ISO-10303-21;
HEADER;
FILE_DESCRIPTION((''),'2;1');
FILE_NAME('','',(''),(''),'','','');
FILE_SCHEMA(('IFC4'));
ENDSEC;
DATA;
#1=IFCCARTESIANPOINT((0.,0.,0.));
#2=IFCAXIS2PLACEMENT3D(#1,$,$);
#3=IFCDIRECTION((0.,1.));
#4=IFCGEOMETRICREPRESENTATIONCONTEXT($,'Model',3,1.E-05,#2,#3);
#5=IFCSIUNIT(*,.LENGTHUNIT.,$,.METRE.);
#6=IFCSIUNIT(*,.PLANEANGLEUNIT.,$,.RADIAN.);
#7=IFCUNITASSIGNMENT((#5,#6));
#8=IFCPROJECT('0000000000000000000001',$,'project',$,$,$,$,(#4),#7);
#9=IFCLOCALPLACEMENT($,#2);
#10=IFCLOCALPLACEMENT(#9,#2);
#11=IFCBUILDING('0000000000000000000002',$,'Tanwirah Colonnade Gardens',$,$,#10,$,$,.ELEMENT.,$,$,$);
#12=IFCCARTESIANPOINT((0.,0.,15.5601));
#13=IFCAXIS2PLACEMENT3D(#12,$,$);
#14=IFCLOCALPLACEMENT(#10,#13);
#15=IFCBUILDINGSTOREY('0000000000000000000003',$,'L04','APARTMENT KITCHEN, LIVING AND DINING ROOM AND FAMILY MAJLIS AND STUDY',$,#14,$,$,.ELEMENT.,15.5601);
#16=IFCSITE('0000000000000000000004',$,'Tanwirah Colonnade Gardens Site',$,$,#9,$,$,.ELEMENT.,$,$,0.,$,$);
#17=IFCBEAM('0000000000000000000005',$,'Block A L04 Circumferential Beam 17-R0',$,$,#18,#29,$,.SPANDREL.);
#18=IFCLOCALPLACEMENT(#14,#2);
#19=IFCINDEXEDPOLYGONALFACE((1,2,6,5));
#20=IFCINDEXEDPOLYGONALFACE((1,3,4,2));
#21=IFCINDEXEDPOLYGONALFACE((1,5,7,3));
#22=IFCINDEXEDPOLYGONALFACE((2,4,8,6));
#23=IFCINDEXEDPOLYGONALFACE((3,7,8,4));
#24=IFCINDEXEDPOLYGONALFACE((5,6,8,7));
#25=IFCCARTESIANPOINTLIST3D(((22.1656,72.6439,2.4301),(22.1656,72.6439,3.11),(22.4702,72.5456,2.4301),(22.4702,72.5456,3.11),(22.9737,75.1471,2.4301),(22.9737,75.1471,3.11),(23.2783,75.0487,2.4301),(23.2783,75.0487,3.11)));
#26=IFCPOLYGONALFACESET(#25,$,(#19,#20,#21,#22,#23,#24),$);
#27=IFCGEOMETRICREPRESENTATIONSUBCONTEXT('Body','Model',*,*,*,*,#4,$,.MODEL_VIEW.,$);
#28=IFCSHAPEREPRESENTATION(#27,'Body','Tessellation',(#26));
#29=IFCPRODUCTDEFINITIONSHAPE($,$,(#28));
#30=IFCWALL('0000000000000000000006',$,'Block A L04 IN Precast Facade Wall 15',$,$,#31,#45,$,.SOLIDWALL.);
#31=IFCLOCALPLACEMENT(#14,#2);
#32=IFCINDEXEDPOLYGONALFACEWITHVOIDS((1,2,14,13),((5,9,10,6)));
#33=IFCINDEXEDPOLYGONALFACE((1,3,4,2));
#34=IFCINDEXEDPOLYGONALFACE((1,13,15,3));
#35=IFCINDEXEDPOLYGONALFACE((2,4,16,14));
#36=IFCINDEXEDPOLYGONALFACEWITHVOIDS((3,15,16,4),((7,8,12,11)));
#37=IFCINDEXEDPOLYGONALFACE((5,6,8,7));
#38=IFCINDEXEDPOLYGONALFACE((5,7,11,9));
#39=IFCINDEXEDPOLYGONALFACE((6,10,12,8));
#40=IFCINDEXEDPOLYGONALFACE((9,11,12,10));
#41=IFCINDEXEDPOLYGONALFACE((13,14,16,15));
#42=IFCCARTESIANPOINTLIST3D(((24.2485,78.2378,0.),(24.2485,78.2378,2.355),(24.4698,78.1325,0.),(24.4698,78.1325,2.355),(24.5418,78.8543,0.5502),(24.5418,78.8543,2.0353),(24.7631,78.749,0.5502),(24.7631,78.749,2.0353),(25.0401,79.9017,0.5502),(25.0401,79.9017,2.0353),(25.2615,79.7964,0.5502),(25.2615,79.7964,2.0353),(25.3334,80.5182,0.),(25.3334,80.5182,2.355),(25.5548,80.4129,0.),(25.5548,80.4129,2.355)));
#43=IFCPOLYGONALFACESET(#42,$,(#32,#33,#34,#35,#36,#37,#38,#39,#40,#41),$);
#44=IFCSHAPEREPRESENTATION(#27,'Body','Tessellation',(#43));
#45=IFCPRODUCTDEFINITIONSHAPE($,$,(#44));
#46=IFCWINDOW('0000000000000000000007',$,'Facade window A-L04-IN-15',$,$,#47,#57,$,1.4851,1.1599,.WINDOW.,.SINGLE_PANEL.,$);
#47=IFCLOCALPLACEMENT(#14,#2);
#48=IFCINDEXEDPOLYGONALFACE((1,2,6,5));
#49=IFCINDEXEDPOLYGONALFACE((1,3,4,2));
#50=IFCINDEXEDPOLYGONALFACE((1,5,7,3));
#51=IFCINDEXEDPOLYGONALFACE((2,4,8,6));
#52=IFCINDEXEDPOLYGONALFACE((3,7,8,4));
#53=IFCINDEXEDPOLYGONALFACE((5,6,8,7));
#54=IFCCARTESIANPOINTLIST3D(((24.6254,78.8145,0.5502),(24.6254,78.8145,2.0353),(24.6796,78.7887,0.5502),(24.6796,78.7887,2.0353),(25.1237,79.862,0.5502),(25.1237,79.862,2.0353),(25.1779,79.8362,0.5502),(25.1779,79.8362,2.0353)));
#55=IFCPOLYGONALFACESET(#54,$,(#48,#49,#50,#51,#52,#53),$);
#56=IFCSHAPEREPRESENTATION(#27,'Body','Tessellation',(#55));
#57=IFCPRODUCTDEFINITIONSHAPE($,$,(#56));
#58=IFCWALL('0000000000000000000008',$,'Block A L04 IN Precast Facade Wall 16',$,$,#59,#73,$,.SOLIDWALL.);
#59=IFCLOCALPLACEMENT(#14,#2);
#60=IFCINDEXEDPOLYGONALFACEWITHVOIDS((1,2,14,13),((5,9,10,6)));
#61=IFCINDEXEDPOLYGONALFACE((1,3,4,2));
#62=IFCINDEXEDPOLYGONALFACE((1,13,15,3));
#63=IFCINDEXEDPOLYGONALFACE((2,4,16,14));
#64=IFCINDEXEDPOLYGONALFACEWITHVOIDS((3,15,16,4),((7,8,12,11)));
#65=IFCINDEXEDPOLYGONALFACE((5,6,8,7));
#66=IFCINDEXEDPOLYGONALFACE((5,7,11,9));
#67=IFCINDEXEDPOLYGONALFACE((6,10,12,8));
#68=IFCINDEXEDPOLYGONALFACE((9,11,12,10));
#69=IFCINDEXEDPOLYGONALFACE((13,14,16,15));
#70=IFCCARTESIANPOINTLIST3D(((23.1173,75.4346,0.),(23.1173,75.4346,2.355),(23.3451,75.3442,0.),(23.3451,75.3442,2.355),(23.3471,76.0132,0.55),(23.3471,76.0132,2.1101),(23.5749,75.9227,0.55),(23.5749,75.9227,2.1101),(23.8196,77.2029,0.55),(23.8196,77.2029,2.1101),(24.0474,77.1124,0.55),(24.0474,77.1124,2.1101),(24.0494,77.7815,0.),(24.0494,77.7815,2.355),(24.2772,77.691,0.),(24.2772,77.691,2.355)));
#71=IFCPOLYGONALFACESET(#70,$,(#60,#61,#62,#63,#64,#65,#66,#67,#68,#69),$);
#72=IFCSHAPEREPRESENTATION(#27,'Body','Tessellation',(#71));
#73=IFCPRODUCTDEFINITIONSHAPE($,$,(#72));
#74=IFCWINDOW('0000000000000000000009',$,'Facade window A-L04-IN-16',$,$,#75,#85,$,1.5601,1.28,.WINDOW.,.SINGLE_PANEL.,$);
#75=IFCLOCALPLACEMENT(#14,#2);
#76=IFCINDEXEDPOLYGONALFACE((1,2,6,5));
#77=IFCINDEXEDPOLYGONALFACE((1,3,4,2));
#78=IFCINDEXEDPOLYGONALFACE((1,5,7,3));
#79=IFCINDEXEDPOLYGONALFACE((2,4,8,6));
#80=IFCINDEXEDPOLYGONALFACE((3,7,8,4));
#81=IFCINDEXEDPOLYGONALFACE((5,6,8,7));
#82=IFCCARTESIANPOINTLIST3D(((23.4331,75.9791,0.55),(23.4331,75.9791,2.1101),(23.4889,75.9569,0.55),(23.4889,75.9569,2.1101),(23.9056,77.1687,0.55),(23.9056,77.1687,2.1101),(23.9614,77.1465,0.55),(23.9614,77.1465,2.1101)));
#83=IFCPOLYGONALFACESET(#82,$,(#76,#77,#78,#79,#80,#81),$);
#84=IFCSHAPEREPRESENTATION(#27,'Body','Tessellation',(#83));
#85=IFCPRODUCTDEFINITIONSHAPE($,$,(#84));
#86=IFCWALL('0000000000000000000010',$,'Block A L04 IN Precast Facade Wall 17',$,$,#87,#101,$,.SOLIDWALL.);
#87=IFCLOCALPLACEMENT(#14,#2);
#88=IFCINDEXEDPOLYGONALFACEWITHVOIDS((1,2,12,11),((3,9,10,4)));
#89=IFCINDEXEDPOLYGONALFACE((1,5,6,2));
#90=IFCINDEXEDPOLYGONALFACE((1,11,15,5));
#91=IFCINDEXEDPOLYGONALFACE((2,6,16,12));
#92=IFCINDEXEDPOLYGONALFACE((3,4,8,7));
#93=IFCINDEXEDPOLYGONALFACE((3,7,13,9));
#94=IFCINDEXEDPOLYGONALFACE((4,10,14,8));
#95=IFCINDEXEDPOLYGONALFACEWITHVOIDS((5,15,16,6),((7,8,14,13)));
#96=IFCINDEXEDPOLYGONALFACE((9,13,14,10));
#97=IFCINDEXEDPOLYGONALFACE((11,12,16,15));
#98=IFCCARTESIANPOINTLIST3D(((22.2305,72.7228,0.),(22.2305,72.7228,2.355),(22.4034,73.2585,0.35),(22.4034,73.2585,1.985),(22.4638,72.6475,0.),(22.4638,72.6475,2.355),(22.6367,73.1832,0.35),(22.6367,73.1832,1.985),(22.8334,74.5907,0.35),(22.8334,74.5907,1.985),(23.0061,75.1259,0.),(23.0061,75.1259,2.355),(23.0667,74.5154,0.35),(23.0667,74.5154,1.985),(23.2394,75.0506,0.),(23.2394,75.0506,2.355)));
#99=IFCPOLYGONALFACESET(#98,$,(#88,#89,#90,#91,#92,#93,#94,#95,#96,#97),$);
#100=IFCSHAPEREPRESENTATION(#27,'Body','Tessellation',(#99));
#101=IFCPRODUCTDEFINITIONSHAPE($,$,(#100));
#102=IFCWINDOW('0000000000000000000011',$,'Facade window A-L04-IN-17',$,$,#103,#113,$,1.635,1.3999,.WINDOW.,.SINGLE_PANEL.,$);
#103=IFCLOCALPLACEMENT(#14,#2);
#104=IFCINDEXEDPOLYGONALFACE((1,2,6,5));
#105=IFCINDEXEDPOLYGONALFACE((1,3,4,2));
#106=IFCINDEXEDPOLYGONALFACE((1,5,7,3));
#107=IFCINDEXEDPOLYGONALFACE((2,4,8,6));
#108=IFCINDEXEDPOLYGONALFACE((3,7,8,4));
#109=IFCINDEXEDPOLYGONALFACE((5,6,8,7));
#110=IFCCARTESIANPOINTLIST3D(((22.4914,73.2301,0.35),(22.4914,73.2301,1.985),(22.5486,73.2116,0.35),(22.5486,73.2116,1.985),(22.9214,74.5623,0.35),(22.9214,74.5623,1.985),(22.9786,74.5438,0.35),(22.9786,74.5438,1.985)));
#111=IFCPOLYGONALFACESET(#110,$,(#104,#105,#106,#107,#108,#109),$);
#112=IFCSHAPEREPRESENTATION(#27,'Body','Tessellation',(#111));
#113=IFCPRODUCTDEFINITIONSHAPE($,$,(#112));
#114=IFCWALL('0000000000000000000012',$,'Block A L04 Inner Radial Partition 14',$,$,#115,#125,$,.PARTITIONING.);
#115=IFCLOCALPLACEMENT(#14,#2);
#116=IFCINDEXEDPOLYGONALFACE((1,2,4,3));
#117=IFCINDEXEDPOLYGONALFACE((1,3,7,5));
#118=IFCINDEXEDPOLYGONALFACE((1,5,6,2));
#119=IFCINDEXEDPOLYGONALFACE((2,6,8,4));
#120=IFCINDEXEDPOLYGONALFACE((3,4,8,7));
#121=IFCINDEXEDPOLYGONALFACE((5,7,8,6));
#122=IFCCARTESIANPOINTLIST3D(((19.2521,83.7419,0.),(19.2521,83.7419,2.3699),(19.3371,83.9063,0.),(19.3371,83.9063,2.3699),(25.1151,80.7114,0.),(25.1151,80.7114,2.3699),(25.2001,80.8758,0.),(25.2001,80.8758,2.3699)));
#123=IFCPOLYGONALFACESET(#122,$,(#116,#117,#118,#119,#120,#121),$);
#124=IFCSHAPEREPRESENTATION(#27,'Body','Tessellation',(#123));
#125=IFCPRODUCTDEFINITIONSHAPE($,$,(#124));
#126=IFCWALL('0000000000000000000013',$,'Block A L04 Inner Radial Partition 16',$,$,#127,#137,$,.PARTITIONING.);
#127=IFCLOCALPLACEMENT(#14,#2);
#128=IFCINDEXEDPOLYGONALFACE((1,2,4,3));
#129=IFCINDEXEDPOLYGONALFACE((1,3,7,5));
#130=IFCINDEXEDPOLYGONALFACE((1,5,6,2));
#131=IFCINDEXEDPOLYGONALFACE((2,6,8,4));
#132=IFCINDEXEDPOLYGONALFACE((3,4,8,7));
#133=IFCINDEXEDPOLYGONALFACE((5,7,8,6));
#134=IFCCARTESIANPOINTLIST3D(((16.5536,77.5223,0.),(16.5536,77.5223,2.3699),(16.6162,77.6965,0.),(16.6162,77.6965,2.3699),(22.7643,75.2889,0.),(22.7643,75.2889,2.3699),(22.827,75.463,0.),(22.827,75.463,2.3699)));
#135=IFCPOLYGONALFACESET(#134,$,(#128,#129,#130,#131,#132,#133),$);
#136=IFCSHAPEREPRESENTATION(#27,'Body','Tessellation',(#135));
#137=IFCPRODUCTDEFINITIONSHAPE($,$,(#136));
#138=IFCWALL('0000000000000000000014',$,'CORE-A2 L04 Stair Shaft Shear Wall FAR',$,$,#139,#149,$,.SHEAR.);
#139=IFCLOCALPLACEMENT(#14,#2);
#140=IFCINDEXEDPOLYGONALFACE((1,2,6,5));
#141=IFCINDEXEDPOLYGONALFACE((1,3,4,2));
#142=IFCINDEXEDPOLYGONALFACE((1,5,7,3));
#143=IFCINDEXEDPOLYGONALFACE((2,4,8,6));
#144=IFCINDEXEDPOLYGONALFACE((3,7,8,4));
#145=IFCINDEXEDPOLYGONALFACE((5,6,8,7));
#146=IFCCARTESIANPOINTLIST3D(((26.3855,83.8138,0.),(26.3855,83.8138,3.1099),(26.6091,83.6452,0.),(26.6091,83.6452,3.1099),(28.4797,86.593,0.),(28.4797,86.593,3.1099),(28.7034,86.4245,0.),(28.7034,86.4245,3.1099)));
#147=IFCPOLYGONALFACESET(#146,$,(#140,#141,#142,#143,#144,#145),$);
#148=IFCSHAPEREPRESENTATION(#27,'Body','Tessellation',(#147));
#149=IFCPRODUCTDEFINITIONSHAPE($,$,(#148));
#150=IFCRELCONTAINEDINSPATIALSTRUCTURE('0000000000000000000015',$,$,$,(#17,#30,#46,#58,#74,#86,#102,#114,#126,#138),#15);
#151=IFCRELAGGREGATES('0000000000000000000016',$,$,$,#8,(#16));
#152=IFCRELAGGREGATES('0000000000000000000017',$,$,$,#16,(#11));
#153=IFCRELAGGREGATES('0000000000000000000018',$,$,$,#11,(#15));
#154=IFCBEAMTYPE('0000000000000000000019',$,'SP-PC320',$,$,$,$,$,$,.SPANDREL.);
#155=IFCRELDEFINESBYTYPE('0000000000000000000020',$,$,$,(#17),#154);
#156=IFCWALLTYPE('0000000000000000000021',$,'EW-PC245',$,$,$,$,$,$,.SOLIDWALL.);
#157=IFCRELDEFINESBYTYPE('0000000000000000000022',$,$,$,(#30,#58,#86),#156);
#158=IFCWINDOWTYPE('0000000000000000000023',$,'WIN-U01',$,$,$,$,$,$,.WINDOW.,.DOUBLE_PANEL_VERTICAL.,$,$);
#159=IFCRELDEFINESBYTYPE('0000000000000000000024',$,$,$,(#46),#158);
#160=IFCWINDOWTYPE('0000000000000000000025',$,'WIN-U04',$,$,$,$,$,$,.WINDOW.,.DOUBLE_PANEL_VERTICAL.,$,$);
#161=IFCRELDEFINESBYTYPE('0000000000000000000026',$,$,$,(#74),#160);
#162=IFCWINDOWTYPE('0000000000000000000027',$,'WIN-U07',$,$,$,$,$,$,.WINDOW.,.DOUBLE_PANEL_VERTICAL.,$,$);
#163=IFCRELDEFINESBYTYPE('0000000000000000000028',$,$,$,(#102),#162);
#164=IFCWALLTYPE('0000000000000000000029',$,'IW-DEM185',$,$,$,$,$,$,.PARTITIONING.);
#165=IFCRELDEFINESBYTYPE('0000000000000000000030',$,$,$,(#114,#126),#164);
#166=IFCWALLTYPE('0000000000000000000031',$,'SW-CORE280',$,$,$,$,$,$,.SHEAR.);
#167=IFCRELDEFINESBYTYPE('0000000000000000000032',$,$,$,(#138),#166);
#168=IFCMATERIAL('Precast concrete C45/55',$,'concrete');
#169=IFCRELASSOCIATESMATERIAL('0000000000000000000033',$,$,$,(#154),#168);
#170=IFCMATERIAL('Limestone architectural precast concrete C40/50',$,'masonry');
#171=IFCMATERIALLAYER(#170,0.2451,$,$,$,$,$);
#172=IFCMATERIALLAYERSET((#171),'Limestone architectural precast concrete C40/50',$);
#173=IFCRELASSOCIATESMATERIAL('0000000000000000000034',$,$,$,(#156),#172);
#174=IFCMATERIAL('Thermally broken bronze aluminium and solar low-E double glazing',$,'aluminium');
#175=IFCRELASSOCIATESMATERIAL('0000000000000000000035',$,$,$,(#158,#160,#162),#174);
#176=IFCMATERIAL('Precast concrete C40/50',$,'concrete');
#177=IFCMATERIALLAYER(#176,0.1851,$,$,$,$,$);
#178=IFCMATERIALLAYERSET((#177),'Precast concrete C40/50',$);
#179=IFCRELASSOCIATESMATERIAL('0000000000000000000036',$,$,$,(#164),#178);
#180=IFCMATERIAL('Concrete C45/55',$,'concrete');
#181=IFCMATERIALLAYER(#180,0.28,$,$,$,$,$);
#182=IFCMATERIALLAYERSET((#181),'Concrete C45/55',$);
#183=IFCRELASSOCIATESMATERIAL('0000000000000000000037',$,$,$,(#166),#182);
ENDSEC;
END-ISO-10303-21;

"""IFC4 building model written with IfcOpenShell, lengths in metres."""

from ifc_helpers import new_model, si_unit, direction, frame, frame_2d, origin, origin_2d, place, context, subcontext, project, spatial, rectangle, extrude, material, layer, layer_set, material_profile, profile_set, type_object, element, fill, save


model = new_model("IFC4")

# Units and contexts
model_context = context("Model", 3, precision=1e-05, world=origin(), true_north=direction((0.0, 1.0)))
body_context = subcontext(model_context, "Body", "Model", "MODEL_VIEW")
ifc_project = project(units=[si_unit("LENGTHUNIT", "METRE"), si_unit("PLANEANGLEUNIT", "RADIAN")], contexts=[model_context])

# Site, building, storey
site_placement = place(None, origin())
site = spatial("IfcSite", under=ifc_project, at=site_placement, Name="Tanwirah Colonnade Gardens Site", CompositionType="ELEMENT", RefElevation=0.0)
building_placement = place(site_placement, origin())
building = spatial("IfcBuilding", under=site, at=building_placement, Name="Tanwirah Colonnade Gardens", CompositionType="ELEMENT")
storey_placement = place(building_placement, frame((0.0, 0.0, 15.5601)))
storey = spatial("IfcBuildingStorey", under=building, at=storey_placement, Name="L04", Description="APARTMENT KITCHEN, LIVING AND DINING ROOM AND FAMILY MAJLIS AND STUDY", CompositionType="ELEMENT", Elevation=15.5601)

# Shared definitions
ifc_material_1 = material(Name="Precast concrete C45/55", Category="concrete")
ifc_material_2 = material(Name="Precast concrete C40/50", Category="concrete")

# Beam
ifc_material_profile_1 = material_profile(ifc_material_1, rectangle(XDim=0.3201, YDim=0.6799, at=origin_2d()), Name="PC-SP 320x680")
ifc_profile_set_1 = profile_set([ifc_material_profile_1], Name="Precast concrete C45/55")
beam_type_1 = type_object("IfcBeamType", Name="SP-PC320", PredefinedType="SPANDREL", material=ifc_profile_set_1)
beam_1_placement = place(storey_placement, frame((23.126, 75.0979, 2.77), z_axis=(-0.30722, -0.951639, 0.0), x_axis=(0.951639, -0.30722, 0.0)))
element("IfcBeam", 1, at=beam_1_placement, inside=storey, type_object=beam_type_1, Name="Block A L04 Circumferential Beam 17-R0", PredefinedType="SPANDREL", context=body_context, shape_type="SweptSolid", body=[
    extrude(rectangle(XDim=0.3201, YDim=0.6799, at=origin_2d()), origin(), (0.0, 0.0, 1.0), 2.6304),
])

# Walls, openings, windows
ifc_material_3 = material(Name="Limestone architectural precast concrete C40/50", Category="masonry")
ifc_layer_1 = layer(ifc_material_3, 0.2451)
ifc_layer_set_1 = layer_set([ifc_layer_1], Name="Limestone architectural precast concrete C40/50")
wall_type_1 = type_object("IfcWallType", Name="EW-PC245", PredefinedType="SOLIDWALL", material=ifc_layer_set_1)
wall_1_placement = place(storey_placement, frame((25.4441, 80.4656, 0.0), z_axis=(0.0, 0.0, 1.0), x_axis=(-0.429611, -0.903014, 0.0)))
wall_1 = element("IfcWall", 2, at=wall_1_placement, inside=storey, type_object=wall_type_1, Name="Block A L04 IN Precast Facade Wall 15", PredefinedType="SOLIDWALL", context=body_context, shape_type="SweptSolid", body=[
    extrude(rectangle(XDim=2.5254, YDim=0.2451, at=frame_2d((1.2627, 0.0))), origin(), (0.0, 0.0, 1.0), 2.355),
])
opening_1_placement = place(wall_1_placement, frame((0.6826, 0.0, 0.55)))
opening_1 = element("IfcOpeningElement", 3, at=opening_1_placement, cuts=wall_1, PredefinedType="OPENING", context=body_context, shape_type="SweptSolid", body=[
    extrude(rectangle(XDim=1.1599, YDim=1.4851, at=frame_2d((0.5801, 0.7427))), frame((0.0, 0.1326, 0.0), z_axis=(0.0, -1.0, 0.0), x_axis=(1.0, 0.0, 0.0)), (0.0, 0.0, 1.0), 0.2651),
])
ifc_material_4 = material(Name="Thermally broken bronze aluminium and solar low-E double glazing", Category="aluminium")
window_type_1 = type_object("IfcWindowType", Name="WIN-U01", PartitioningType="DOUBLE_PANEL_VERTICAL", PredefinedType="WINDOW", material=ifc_material_4)
window_1_placement = place(opening_1_placement, origin())
window_1 = element("IfcWindow", 4, at=window_1_placement, inside=storey, type_object=window_type_1, Name="Facade window A-L04-IN-15", OverallHeight=1.4851, OverallWidth=1.1599, PartitioningType="SINGLE_PANEL", PredefinedType="WINDOW", context=body_context, shape_type="SweptSolid", body=[
    extrude(rectangle(XDim=1.1599, YDim=1.4851, at=frame_2d((0.5801, 0.7427))), frame((0.0, 0.03, 0.0), z_axis=(0.0, -1.0, 0.0), x_axis=(1.0, 0.0, 0.0)), (0.0, 0.0, 1.0), 0.0601),
])
fill(opening_1, window_1)
wall_2_placement = place(storey_placement, frame((24.1633, 77.7363, 0.0), z_axis=(0.0, 0.0, 1.0), x_axis=(-0.369123, -0.929381, 0.0)))
wall_2 = element("IfcWall", 5, at=wall_2_placement, inside=storey, type_object=wall_type_1, Name="Block A L04 IN Precast Facade Wall 16", PredefinedType="SOLIDWALL", context=body_context, shape_type="SweptSolid", body=[
    extrude(rectangle(XDim=2.5251, YDim=0.2451, at=frame_2d((1.2627, 0.0))), origin(), (0.0, 0.0, 1.0), 2.355),
])
opening_2_placement = place(wall_2_placement, frame((0.6226, 0.0, 0.55)))
opening_2 = element("IfcOpeningElement", 6, at=opening_2_placement, cuts=wall_2, PredefinedType="OPENING", context=body_context, shape_type="SweptSolid", body=[
    extrude(rectangle(XDim=1.28, YDim=1.5601, at=frame_2d((0.6401, 0.78))), frame((0.0, 0.1326, 0.0), z_axis=(0.0, -1.0, 0.0), x_axis=(1.0, 0.0, 0.0)), (0.0, 0.0, 1.0), 0.2651),
])
window_type_2 = type_object("IfcWindowType", Name="WIN-U04", PartitioningType="DOUBLE_PANEL_VERTICAL", PredefinedType="WINDOW", material=ifc_material_4)
window_2_placement = place(opening_2_placement, origin())
window_2 = element("IfcWindow", 7, at=window_2_placement, inside=storey, type_object=window_type_2, Name="Facade window A-L04-IN-16", OverallHeight=1.5601, OverallWidth=1.28, PartitioningType="SINGLE_PANEL", PredefinedType="WINDOW", context=body_context, shape_type="SweptSolid", body=[
    extrude(rectangle(XDim=1.28, YDim=1.5601, at=frame_2d((0.6401, 0.78))), frame((0.0, 0.03, 0.0), z_axis=(0.0, -1.0, 0.0), x_axis=(1.0, 0.0, 0.0)), (0.0, 0.0, 1.0), 0.0601),
])
fill(opening_2, window_2)
wall_3_placement = place(storey_placement, frame((23.1228, 75.0884, 0.0), z_axis=(0.0, 0.0, 1.0), x_axis=(-0.307164, -0.951657, 0.0)))
wall_3 = element("IfcWall", 8, at=wall_3_placement, inside=storey, type_object=wall_type_1, Name="Block A L04 IN Precast Facade Wall 17", PredefinedType="SOLIDWALL", context=body_context, shape_type="SweptSolid", body=[
    extrude(rectangle(XDim=2.5251, YDim=0.2451, at=frame_2d((1.2627, 0.0))), origin(), (0.0, 0.0, 1.0), 2.355),
])
opening_3_placement = place(wall_3_placement, frame((0.5625, 0.0, 0.3501)))
opening_3 = element("IfcOpeningElement", 9, at=opening_3_placement, cuts=wall_3, PredefinedType="OPENING", context=body_context, shape_type="SweptSolid", body=[
    extrude(rectangle(XDim=1.3999, YDim=1.635, at=frame_2d((0.7, 0.8174))), frame((0.0, 0.1326, 0.0), z_axis=(0.0, -1.0, 0.0), x_axis=(1.0, 0.0, 0.0)), (0.0, 0.0, 1.0), 0.2651),
])
window_type_3 = type_object("IfcWindowType", Name="WIN-U07", PartitioningType="DOUBLE_PANEL_VERTICAL", PredefinedType="WINDOW", material=ifc_material_4)
window_3_placement = place(opening_3_placement, origin())
window_3 = element("IfcWindow", 10, at=window_3_placement, inside=storey, type_object=window_type_3, Name="Facade window A-L04-IN-17", OverallHeight=1.635, OverallWidth=1.3999, PartitioningType="SINGLE_PANEL", PredefinedType="WINDOW", context=body_context, shape_type="SweptSolid", body=[
    extrude(rectangle(XDim=1.3999, YDim=1.635, at=frame_2d((0.7, 0.8174))), frame((0.0, 0.03, 0.0), z_axis=(0.0, -1.0, 0.0), x_axis=(1.0, 0.0, 0.0)), (0.0, 0.0, 1.0), 0.0601),
])
fill(opening_3, window_3)

# Walls
ifc_layer_2 = layer(ifc_material_2, 0.1851)
ifc_layer_set_2 = layer_set([ifc_layer_2], Name="Precast concrete C40/50")
wall_type_2 = type_object("IfcWallType", Name="IW-DEM185", PredefinedType="PARTITIONING", material=ifc_layer_set_2)
wall_4_placement = place(storey_placement, frame((25.1575, 80.7937, 0.0), z_axis=(0.0, 0.0, 1.0), x_axis=(-0.888347, 0.459173, 0.0)))
element("IfcWall", 11, at=wall_4_placement, inside=storey, type_object=wall_type_2, Name="Block A L04 Inner Radial Partition 14", PredefinedType="PARTITIONING", context=body_context, shape_type="SweptSolid", body=[
    extrude(rectangle(XDim=6.5999, YDim=0.1851, at=frame_2d((3.2998, 0.0))), origin(), (0.0, 0.0, 1.0), 2.3699),
])
wall_5_placement = place(storey_placement, frame((22.7957, 75.376, 0.0), z_axis=(0.0, 0.0, 1.0), x_axis=(-0.941006, 0.338391, 0.0)))
element("IfcWall", 12, at=wall_5_placement, inside=storey, type_object=wall_type_2, Name="Block A L04 Inner Radial Partition 16", PredefinedType="PARTITIONING", context=body_context, shape_type="SweptSolid", body=[
    extrude(rectangle(XDim=6.6001, YDim=0.1851, at=frame_2d((3.3, 0.0))), origin(), (0.0, 0.0, 1.0), 2.3699),
])
ifc_material_5 = material(Name="Concrete C45/55", Category="concrete")
ifc_layer_3 = layer(ifc_material_5, 0.28)
ifc_layer_set_3 = layer_set([ifc_layer_3], Name="Concrete C45/55")
wall_type_3 = type_object("IfcWallType", Name="SW-CORE280", PredefinedType="SHEAR", material=ifc_layer_set_3)
wall_6_placement = place(storey_placement, frame((26.4973, 83.7295, 0.0), z_axis=(0.0, 0.0, 1.0), x_axis=(0.601794, 0.798651, 0.0)))
element("IfcWall", 13, at=wall_6_placement, inside=storey, type_object=wall_type_3, Name="CORE-A2 L04 Stair Shaft Shear Wall FAR", PredefinedType="SHEAR", context=body_context, shape_type="SweptSolid", body=[
    extrude(rectangle(XDim=3.48, YDim=0.28, at=frame_2d((1.74, 0.0))), origin(), (0.0, 0.0, 1.0), 3.1099),
])

save(model, "model.ifc")
